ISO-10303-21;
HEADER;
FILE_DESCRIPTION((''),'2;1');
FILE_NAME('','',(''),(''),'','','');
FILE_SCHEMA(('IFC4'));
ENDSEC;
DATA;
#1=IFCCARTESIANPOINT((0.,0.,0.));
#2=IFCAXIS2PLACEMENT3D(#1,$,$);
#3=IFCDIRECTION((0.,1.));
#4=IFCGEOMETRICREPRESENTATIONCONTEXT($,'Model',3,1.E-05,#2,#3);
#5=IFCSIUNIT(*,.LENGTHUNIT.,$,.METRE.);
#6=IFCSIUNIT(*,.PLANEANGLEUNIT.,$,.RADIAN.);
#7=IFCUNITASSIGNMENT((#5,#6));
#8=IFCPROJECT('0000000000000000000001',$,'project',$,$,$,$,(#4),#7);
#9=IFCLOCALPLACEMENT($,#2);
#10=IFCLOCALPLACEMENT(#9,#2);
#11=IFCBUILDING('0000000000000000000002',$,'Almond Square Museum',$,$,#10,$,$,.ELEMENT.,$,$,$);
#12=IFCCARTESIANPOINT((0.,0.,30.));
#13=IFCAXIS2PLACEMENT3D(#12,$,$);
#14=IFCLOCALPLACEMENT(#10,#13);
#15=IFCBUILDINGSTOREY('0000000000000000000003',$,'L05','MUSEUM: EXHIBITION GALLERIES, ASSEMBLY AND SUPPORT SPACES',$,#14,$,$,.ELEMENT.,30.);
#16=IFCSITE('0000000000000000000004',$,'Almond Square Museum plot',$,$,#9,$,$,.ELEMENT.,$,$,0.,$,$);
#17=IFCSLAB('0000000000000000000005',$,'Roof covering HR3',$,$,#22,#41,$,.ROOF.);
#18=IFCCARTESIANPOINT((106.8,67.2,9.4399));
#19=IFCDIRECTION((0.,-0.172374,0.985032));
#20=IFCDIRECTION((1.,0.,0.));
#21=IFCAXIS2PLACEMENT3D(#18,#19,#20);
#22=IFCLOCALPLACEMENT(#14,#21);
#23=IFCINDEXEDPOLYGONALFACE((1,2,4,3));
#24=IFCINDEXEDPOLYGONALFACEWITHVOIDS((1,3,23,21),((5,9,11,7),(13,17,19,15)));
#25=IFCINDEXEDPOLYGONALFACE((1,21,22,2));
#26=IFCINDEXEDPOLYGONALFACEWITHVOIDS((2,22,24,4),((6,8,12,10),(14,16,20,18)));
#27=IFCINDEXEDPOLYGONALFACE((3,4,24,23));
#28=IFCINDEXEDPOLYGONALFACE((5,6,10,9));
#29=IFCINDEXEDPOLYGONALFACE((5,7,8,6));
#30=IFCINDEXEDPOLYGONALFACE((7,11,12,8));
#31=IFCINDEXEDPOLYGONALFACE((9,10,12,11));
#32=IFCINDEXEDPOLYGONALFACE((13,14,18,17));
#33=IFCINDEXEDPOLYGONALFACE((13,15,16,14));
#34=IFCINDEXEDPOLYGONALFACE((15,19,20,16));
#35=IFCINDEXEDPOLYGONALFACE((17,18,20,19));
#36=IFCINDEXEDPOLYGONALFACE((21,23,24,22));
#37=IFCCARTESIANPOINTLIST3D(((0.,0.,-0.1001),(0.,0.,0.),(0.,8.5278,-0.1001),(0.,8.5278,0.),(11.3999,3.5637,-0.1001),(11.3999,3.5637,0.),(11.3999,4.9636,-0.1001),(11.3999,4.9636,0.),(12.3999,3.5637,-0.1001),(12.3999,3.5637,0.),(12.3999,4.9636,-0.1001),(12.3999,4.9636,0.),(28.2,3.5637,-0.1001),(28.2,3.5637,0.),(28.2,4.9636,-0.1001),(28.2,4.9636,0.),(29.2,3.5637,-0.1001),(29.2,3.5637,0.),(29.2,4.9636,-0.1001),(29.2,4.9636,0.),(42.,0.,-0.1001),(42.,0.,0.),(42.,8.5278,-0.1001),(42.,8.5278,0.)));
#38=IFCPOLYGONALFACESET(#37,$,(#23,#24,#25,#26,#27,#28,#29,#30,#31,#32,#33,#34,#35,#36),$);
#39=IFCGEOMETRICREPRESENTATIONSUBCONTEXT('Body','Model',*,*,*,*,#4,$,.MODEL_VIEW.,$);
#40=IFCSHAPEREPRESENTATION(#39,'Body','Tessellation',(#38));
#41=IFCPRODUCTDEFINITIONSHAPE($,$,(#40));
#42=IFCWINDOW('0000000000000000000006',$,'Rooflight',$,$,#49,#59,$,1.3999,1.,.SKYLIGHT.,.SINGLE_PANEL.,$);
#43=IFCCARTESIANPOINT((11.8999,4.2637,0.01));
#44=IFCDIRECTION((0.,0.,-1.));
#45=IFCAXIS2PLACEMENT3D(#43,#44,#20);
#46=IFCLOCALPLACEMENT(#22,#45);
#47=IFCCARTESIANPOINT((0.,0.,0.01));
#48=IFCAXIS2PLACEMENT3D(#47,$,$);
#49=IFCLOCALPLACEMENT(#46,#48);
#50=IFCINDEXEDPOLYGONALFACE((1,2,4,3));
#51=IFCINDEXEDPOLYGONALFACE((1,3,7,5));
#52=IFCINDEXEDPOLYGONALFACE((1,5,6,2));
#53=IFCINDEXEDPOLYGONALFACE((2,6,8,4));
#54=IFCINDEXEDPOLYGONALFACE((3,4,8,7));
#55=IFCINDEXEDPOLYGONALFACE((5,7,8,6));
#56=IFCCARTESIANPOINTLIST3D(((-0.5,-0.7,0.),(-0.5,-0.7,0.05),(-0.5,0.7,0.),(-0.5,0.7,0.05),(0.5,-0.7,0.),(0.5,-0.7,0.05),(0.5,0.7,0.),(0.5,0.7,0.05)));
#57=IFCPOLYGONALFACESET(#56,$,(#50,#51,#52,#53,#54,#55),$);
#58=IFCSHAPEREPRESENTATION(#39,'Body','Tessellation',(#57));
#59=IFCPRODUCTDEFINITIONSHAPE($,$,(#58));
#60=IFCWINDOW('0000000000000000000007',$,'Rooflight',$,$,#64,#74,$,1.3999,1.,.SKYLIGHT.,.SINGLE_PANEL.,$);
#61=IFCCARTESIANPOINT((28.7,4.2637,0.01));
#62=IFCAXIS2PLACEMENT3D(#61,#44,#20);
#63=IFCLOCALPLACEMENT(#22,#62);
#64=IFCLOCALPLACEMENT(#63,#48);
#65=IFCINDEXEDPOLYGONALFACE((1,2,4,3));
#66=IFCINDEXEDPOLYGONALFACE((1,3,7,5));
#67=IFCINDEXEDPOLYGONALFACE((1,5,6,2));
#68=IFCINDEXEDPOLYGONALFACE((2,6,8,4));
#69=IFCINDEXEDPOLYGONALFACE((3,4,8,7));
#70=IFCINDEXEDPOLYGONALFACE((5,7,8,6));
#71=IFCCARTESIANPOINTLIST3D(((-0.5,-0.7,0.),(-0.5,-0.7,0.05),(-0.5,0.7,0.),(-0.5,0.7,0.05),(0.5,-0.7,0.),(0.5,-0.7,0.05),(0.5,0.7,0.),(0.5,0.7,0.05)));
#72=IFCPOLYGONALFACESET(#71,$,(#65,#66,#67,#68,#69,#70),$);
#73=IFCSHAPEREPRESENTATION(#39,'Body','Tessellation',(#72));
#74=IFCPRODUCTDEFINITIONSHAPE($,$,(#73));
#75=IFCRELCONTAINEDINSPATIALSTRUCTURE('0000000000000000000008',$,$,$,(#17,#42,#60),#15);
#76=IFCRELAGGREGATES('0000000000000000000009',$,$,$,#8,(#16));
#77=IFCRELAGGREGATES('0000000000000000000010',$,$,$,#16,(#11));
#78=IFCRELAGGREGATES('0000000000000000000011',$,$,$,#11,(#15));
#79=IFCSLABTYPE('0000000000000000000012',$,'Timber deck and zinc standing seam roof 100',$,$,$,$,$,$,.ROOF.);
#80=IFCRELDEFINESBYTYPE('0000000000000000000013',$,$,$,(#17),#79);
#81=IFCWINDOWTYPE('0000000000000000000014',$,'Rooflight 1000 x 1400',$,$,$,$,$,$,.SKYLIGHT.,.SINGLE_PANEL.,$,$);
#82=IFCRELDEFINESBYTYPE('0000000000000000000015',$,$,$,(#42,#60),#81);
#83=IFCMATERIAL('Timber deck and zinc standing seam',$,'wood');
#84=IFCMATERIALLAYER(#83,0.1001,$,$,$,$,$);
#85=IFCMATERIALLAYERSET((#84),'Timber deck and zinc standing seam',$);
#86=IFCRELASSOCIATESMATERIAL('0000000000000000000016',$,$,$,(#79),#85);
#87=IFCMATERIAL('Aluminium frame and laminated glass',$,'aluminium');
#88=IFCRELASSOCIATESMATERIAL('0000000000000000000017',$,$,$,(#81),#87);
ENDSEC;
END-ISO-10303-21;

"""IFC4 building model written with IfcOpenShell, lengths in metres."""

from ifc_helpers import new_model, si_unit, direction, frame, origin, origin_2d, place, context, subcontext, project, spatial, polyline, rectangle, outline, extrude, material, layer, layer_set, type_object, element, fill, save


model = new_model("IFC4")

# Units and contexts
model_context = context("Model", 3, precision=1e-05, world=origin(), true_north=direction((0.0, 1.0)))
body_context = subcontext(model_context, "Body", "Model", "MODEL_VIEW")
ifc_project = project(units=[si_unit("LENGTHUNIT", "METRE"), si_unit("PLANEANGLEUNIT", "RADIAN")], contexts=[model_context])

# Site, building, storey
site_placement = place(None, origin())
site = spatial("IfcSite", under=ifc_project, at=site_placement, Name="Almond Square Museum plot", CompositionType="ELEMENT", RefElevation=0.0)
building_placement = place(site_placement, origin())
building = spatial("IfcBuilding", under=site, at=building_placement, Name="Almond Square Museum", CompositionType="ELEMENT")
storey_placement = place(building_placement, frame((0.0, 0.0, 30.0)))
storey = spatial("IfcBuildingStorey", under=building, at=storey_placement, Name="L05", Description="MUSEUM: EXHIBITION GALLERIES, ASSEMBLY AND SUPPORT SPACES", CompositionType="ELEMENT", Elevation=30.0)

# Slab, openings, windows
ifc_material_1 = material(Name="Timber deck and zinc standing seam", Category="wood")
ifc_layer = layer(ifc_material_1, 0.1001)
ifc_layer_set = layer_set([ifc_layer], Name="Timber deck and zinc standing seam")
slab_type = type_object("IfcSlabType", Name="Timber deck and zinc standing seam roof 100", PredefinedType="ROOF", material=ifc_layer_set)
slab_placement = place(storey_placement, frame((106.8, 67.2, 9.4399), z_axis=(0.0, -0.172374, 0.985032), x_axis=(1.0, 0.0, 0.0)))
slab = element("IfcSlab", 1, at=slab_placement, inside=storey, type_object=slab_type, Name="Roof covering HR3", PredefinedType="ROOF", context=body_context, shape_type="SweptSolid", body=[
    extrude(outline(polyline([(0.0, 0.0), (42.0, 0.0), (42.0, 8.5278), (0.0, 8.5278), (0.0, 0.0)])), origin(), (0.0, 0.0, -1.0), 0.1001),
])
opening_1_placement = place(slab_placement, frame((11.8999, 4.2637, 0.01), z_axis=(0.0, 0.0, -1.0), x_axis=(1.0, 0.0, 0.0)))
opening_1 = element("IfcOpeningElement", 2, at=opening_1_placement, cuts=slab, PredefinedType="OPENING", context=body_context, shape_type="SweptSolid", body=[
    extrude(rectangle(XDim=1.0, YDim=1.3999, at=origin_2d()), origin(), (0.0, 0.0, 1.0), 0.1201),
])
opening_2_placement = place(slab_placement, frame((28.7, 4.2637, 0.01), z_axis=(0.0, 0.0, -1.0), x_axis=(1.0, 0.0, 0.0)))
opening_2 = element("IfcOpeningElement", 3, at=opening_2_placement, cuts=slab, PredefinedType="OPENING", context=body_context, shape_type="SweptSolid", body=[
    extrude(rectangle(XDim=1.0, YDim=1.3999, at=origin_2d()), origin(), (0.0, 0.0, 1.0), 0.1201),
])
ifc_material_2 = material(Name="Aluminium frame and laminated glass", Category="aluminium")
window_type = type_object("IfcWindowType", Name="Rooflight 1000 x 1400", PartitioningType="SINGLE_PANEL", PredefinedType="SKYLIGHT", material=ifc_material_2)
window_1_placement = place(opening_1_placement, frame((0.0, 0.0, 0.01)))
window_1 = element("IfcWindow", 4, at=window_1_placement, inside=storey, type_object=window_type, Name="Rooflight", OverallHeight=1.3999, OverallWidth=1.0, PartitioningType="SINGLE_PANEL", PredefinedType="SKYLIGHT", context=body_context, shape_type="SweptSolid", body=[
    extrude(rectangle(XDim=1.0, YDim=1.3999, at=origin_2d()), origin(), (0.0, 0.0, 1.0), 0.05),
])
fill(opening_1, window_1)
window_2_placement = place(opening_2_placement, frame((0.0, 0.0, 0.01)))
window_2 = element("IfcWindow", 5, at=window_2_placement, inside=storey, type_object=window_type, Name="Rooflight", OverallHeight=1.3999, OverallWidth=1.0, PartitioningType="SINGLE_PANEL", PredefinedType="SKYLIGHT", context=body_context, shape_type="SweptSolid", body=[
    extrude(rectangle(XDim=1.0, YDim=1.3999, at=origin_2d()), origin(), (0.0, 0.0, 1.0), 0.05),
])
fill(opening_2, window_2)

save(model, "model.ifc")
